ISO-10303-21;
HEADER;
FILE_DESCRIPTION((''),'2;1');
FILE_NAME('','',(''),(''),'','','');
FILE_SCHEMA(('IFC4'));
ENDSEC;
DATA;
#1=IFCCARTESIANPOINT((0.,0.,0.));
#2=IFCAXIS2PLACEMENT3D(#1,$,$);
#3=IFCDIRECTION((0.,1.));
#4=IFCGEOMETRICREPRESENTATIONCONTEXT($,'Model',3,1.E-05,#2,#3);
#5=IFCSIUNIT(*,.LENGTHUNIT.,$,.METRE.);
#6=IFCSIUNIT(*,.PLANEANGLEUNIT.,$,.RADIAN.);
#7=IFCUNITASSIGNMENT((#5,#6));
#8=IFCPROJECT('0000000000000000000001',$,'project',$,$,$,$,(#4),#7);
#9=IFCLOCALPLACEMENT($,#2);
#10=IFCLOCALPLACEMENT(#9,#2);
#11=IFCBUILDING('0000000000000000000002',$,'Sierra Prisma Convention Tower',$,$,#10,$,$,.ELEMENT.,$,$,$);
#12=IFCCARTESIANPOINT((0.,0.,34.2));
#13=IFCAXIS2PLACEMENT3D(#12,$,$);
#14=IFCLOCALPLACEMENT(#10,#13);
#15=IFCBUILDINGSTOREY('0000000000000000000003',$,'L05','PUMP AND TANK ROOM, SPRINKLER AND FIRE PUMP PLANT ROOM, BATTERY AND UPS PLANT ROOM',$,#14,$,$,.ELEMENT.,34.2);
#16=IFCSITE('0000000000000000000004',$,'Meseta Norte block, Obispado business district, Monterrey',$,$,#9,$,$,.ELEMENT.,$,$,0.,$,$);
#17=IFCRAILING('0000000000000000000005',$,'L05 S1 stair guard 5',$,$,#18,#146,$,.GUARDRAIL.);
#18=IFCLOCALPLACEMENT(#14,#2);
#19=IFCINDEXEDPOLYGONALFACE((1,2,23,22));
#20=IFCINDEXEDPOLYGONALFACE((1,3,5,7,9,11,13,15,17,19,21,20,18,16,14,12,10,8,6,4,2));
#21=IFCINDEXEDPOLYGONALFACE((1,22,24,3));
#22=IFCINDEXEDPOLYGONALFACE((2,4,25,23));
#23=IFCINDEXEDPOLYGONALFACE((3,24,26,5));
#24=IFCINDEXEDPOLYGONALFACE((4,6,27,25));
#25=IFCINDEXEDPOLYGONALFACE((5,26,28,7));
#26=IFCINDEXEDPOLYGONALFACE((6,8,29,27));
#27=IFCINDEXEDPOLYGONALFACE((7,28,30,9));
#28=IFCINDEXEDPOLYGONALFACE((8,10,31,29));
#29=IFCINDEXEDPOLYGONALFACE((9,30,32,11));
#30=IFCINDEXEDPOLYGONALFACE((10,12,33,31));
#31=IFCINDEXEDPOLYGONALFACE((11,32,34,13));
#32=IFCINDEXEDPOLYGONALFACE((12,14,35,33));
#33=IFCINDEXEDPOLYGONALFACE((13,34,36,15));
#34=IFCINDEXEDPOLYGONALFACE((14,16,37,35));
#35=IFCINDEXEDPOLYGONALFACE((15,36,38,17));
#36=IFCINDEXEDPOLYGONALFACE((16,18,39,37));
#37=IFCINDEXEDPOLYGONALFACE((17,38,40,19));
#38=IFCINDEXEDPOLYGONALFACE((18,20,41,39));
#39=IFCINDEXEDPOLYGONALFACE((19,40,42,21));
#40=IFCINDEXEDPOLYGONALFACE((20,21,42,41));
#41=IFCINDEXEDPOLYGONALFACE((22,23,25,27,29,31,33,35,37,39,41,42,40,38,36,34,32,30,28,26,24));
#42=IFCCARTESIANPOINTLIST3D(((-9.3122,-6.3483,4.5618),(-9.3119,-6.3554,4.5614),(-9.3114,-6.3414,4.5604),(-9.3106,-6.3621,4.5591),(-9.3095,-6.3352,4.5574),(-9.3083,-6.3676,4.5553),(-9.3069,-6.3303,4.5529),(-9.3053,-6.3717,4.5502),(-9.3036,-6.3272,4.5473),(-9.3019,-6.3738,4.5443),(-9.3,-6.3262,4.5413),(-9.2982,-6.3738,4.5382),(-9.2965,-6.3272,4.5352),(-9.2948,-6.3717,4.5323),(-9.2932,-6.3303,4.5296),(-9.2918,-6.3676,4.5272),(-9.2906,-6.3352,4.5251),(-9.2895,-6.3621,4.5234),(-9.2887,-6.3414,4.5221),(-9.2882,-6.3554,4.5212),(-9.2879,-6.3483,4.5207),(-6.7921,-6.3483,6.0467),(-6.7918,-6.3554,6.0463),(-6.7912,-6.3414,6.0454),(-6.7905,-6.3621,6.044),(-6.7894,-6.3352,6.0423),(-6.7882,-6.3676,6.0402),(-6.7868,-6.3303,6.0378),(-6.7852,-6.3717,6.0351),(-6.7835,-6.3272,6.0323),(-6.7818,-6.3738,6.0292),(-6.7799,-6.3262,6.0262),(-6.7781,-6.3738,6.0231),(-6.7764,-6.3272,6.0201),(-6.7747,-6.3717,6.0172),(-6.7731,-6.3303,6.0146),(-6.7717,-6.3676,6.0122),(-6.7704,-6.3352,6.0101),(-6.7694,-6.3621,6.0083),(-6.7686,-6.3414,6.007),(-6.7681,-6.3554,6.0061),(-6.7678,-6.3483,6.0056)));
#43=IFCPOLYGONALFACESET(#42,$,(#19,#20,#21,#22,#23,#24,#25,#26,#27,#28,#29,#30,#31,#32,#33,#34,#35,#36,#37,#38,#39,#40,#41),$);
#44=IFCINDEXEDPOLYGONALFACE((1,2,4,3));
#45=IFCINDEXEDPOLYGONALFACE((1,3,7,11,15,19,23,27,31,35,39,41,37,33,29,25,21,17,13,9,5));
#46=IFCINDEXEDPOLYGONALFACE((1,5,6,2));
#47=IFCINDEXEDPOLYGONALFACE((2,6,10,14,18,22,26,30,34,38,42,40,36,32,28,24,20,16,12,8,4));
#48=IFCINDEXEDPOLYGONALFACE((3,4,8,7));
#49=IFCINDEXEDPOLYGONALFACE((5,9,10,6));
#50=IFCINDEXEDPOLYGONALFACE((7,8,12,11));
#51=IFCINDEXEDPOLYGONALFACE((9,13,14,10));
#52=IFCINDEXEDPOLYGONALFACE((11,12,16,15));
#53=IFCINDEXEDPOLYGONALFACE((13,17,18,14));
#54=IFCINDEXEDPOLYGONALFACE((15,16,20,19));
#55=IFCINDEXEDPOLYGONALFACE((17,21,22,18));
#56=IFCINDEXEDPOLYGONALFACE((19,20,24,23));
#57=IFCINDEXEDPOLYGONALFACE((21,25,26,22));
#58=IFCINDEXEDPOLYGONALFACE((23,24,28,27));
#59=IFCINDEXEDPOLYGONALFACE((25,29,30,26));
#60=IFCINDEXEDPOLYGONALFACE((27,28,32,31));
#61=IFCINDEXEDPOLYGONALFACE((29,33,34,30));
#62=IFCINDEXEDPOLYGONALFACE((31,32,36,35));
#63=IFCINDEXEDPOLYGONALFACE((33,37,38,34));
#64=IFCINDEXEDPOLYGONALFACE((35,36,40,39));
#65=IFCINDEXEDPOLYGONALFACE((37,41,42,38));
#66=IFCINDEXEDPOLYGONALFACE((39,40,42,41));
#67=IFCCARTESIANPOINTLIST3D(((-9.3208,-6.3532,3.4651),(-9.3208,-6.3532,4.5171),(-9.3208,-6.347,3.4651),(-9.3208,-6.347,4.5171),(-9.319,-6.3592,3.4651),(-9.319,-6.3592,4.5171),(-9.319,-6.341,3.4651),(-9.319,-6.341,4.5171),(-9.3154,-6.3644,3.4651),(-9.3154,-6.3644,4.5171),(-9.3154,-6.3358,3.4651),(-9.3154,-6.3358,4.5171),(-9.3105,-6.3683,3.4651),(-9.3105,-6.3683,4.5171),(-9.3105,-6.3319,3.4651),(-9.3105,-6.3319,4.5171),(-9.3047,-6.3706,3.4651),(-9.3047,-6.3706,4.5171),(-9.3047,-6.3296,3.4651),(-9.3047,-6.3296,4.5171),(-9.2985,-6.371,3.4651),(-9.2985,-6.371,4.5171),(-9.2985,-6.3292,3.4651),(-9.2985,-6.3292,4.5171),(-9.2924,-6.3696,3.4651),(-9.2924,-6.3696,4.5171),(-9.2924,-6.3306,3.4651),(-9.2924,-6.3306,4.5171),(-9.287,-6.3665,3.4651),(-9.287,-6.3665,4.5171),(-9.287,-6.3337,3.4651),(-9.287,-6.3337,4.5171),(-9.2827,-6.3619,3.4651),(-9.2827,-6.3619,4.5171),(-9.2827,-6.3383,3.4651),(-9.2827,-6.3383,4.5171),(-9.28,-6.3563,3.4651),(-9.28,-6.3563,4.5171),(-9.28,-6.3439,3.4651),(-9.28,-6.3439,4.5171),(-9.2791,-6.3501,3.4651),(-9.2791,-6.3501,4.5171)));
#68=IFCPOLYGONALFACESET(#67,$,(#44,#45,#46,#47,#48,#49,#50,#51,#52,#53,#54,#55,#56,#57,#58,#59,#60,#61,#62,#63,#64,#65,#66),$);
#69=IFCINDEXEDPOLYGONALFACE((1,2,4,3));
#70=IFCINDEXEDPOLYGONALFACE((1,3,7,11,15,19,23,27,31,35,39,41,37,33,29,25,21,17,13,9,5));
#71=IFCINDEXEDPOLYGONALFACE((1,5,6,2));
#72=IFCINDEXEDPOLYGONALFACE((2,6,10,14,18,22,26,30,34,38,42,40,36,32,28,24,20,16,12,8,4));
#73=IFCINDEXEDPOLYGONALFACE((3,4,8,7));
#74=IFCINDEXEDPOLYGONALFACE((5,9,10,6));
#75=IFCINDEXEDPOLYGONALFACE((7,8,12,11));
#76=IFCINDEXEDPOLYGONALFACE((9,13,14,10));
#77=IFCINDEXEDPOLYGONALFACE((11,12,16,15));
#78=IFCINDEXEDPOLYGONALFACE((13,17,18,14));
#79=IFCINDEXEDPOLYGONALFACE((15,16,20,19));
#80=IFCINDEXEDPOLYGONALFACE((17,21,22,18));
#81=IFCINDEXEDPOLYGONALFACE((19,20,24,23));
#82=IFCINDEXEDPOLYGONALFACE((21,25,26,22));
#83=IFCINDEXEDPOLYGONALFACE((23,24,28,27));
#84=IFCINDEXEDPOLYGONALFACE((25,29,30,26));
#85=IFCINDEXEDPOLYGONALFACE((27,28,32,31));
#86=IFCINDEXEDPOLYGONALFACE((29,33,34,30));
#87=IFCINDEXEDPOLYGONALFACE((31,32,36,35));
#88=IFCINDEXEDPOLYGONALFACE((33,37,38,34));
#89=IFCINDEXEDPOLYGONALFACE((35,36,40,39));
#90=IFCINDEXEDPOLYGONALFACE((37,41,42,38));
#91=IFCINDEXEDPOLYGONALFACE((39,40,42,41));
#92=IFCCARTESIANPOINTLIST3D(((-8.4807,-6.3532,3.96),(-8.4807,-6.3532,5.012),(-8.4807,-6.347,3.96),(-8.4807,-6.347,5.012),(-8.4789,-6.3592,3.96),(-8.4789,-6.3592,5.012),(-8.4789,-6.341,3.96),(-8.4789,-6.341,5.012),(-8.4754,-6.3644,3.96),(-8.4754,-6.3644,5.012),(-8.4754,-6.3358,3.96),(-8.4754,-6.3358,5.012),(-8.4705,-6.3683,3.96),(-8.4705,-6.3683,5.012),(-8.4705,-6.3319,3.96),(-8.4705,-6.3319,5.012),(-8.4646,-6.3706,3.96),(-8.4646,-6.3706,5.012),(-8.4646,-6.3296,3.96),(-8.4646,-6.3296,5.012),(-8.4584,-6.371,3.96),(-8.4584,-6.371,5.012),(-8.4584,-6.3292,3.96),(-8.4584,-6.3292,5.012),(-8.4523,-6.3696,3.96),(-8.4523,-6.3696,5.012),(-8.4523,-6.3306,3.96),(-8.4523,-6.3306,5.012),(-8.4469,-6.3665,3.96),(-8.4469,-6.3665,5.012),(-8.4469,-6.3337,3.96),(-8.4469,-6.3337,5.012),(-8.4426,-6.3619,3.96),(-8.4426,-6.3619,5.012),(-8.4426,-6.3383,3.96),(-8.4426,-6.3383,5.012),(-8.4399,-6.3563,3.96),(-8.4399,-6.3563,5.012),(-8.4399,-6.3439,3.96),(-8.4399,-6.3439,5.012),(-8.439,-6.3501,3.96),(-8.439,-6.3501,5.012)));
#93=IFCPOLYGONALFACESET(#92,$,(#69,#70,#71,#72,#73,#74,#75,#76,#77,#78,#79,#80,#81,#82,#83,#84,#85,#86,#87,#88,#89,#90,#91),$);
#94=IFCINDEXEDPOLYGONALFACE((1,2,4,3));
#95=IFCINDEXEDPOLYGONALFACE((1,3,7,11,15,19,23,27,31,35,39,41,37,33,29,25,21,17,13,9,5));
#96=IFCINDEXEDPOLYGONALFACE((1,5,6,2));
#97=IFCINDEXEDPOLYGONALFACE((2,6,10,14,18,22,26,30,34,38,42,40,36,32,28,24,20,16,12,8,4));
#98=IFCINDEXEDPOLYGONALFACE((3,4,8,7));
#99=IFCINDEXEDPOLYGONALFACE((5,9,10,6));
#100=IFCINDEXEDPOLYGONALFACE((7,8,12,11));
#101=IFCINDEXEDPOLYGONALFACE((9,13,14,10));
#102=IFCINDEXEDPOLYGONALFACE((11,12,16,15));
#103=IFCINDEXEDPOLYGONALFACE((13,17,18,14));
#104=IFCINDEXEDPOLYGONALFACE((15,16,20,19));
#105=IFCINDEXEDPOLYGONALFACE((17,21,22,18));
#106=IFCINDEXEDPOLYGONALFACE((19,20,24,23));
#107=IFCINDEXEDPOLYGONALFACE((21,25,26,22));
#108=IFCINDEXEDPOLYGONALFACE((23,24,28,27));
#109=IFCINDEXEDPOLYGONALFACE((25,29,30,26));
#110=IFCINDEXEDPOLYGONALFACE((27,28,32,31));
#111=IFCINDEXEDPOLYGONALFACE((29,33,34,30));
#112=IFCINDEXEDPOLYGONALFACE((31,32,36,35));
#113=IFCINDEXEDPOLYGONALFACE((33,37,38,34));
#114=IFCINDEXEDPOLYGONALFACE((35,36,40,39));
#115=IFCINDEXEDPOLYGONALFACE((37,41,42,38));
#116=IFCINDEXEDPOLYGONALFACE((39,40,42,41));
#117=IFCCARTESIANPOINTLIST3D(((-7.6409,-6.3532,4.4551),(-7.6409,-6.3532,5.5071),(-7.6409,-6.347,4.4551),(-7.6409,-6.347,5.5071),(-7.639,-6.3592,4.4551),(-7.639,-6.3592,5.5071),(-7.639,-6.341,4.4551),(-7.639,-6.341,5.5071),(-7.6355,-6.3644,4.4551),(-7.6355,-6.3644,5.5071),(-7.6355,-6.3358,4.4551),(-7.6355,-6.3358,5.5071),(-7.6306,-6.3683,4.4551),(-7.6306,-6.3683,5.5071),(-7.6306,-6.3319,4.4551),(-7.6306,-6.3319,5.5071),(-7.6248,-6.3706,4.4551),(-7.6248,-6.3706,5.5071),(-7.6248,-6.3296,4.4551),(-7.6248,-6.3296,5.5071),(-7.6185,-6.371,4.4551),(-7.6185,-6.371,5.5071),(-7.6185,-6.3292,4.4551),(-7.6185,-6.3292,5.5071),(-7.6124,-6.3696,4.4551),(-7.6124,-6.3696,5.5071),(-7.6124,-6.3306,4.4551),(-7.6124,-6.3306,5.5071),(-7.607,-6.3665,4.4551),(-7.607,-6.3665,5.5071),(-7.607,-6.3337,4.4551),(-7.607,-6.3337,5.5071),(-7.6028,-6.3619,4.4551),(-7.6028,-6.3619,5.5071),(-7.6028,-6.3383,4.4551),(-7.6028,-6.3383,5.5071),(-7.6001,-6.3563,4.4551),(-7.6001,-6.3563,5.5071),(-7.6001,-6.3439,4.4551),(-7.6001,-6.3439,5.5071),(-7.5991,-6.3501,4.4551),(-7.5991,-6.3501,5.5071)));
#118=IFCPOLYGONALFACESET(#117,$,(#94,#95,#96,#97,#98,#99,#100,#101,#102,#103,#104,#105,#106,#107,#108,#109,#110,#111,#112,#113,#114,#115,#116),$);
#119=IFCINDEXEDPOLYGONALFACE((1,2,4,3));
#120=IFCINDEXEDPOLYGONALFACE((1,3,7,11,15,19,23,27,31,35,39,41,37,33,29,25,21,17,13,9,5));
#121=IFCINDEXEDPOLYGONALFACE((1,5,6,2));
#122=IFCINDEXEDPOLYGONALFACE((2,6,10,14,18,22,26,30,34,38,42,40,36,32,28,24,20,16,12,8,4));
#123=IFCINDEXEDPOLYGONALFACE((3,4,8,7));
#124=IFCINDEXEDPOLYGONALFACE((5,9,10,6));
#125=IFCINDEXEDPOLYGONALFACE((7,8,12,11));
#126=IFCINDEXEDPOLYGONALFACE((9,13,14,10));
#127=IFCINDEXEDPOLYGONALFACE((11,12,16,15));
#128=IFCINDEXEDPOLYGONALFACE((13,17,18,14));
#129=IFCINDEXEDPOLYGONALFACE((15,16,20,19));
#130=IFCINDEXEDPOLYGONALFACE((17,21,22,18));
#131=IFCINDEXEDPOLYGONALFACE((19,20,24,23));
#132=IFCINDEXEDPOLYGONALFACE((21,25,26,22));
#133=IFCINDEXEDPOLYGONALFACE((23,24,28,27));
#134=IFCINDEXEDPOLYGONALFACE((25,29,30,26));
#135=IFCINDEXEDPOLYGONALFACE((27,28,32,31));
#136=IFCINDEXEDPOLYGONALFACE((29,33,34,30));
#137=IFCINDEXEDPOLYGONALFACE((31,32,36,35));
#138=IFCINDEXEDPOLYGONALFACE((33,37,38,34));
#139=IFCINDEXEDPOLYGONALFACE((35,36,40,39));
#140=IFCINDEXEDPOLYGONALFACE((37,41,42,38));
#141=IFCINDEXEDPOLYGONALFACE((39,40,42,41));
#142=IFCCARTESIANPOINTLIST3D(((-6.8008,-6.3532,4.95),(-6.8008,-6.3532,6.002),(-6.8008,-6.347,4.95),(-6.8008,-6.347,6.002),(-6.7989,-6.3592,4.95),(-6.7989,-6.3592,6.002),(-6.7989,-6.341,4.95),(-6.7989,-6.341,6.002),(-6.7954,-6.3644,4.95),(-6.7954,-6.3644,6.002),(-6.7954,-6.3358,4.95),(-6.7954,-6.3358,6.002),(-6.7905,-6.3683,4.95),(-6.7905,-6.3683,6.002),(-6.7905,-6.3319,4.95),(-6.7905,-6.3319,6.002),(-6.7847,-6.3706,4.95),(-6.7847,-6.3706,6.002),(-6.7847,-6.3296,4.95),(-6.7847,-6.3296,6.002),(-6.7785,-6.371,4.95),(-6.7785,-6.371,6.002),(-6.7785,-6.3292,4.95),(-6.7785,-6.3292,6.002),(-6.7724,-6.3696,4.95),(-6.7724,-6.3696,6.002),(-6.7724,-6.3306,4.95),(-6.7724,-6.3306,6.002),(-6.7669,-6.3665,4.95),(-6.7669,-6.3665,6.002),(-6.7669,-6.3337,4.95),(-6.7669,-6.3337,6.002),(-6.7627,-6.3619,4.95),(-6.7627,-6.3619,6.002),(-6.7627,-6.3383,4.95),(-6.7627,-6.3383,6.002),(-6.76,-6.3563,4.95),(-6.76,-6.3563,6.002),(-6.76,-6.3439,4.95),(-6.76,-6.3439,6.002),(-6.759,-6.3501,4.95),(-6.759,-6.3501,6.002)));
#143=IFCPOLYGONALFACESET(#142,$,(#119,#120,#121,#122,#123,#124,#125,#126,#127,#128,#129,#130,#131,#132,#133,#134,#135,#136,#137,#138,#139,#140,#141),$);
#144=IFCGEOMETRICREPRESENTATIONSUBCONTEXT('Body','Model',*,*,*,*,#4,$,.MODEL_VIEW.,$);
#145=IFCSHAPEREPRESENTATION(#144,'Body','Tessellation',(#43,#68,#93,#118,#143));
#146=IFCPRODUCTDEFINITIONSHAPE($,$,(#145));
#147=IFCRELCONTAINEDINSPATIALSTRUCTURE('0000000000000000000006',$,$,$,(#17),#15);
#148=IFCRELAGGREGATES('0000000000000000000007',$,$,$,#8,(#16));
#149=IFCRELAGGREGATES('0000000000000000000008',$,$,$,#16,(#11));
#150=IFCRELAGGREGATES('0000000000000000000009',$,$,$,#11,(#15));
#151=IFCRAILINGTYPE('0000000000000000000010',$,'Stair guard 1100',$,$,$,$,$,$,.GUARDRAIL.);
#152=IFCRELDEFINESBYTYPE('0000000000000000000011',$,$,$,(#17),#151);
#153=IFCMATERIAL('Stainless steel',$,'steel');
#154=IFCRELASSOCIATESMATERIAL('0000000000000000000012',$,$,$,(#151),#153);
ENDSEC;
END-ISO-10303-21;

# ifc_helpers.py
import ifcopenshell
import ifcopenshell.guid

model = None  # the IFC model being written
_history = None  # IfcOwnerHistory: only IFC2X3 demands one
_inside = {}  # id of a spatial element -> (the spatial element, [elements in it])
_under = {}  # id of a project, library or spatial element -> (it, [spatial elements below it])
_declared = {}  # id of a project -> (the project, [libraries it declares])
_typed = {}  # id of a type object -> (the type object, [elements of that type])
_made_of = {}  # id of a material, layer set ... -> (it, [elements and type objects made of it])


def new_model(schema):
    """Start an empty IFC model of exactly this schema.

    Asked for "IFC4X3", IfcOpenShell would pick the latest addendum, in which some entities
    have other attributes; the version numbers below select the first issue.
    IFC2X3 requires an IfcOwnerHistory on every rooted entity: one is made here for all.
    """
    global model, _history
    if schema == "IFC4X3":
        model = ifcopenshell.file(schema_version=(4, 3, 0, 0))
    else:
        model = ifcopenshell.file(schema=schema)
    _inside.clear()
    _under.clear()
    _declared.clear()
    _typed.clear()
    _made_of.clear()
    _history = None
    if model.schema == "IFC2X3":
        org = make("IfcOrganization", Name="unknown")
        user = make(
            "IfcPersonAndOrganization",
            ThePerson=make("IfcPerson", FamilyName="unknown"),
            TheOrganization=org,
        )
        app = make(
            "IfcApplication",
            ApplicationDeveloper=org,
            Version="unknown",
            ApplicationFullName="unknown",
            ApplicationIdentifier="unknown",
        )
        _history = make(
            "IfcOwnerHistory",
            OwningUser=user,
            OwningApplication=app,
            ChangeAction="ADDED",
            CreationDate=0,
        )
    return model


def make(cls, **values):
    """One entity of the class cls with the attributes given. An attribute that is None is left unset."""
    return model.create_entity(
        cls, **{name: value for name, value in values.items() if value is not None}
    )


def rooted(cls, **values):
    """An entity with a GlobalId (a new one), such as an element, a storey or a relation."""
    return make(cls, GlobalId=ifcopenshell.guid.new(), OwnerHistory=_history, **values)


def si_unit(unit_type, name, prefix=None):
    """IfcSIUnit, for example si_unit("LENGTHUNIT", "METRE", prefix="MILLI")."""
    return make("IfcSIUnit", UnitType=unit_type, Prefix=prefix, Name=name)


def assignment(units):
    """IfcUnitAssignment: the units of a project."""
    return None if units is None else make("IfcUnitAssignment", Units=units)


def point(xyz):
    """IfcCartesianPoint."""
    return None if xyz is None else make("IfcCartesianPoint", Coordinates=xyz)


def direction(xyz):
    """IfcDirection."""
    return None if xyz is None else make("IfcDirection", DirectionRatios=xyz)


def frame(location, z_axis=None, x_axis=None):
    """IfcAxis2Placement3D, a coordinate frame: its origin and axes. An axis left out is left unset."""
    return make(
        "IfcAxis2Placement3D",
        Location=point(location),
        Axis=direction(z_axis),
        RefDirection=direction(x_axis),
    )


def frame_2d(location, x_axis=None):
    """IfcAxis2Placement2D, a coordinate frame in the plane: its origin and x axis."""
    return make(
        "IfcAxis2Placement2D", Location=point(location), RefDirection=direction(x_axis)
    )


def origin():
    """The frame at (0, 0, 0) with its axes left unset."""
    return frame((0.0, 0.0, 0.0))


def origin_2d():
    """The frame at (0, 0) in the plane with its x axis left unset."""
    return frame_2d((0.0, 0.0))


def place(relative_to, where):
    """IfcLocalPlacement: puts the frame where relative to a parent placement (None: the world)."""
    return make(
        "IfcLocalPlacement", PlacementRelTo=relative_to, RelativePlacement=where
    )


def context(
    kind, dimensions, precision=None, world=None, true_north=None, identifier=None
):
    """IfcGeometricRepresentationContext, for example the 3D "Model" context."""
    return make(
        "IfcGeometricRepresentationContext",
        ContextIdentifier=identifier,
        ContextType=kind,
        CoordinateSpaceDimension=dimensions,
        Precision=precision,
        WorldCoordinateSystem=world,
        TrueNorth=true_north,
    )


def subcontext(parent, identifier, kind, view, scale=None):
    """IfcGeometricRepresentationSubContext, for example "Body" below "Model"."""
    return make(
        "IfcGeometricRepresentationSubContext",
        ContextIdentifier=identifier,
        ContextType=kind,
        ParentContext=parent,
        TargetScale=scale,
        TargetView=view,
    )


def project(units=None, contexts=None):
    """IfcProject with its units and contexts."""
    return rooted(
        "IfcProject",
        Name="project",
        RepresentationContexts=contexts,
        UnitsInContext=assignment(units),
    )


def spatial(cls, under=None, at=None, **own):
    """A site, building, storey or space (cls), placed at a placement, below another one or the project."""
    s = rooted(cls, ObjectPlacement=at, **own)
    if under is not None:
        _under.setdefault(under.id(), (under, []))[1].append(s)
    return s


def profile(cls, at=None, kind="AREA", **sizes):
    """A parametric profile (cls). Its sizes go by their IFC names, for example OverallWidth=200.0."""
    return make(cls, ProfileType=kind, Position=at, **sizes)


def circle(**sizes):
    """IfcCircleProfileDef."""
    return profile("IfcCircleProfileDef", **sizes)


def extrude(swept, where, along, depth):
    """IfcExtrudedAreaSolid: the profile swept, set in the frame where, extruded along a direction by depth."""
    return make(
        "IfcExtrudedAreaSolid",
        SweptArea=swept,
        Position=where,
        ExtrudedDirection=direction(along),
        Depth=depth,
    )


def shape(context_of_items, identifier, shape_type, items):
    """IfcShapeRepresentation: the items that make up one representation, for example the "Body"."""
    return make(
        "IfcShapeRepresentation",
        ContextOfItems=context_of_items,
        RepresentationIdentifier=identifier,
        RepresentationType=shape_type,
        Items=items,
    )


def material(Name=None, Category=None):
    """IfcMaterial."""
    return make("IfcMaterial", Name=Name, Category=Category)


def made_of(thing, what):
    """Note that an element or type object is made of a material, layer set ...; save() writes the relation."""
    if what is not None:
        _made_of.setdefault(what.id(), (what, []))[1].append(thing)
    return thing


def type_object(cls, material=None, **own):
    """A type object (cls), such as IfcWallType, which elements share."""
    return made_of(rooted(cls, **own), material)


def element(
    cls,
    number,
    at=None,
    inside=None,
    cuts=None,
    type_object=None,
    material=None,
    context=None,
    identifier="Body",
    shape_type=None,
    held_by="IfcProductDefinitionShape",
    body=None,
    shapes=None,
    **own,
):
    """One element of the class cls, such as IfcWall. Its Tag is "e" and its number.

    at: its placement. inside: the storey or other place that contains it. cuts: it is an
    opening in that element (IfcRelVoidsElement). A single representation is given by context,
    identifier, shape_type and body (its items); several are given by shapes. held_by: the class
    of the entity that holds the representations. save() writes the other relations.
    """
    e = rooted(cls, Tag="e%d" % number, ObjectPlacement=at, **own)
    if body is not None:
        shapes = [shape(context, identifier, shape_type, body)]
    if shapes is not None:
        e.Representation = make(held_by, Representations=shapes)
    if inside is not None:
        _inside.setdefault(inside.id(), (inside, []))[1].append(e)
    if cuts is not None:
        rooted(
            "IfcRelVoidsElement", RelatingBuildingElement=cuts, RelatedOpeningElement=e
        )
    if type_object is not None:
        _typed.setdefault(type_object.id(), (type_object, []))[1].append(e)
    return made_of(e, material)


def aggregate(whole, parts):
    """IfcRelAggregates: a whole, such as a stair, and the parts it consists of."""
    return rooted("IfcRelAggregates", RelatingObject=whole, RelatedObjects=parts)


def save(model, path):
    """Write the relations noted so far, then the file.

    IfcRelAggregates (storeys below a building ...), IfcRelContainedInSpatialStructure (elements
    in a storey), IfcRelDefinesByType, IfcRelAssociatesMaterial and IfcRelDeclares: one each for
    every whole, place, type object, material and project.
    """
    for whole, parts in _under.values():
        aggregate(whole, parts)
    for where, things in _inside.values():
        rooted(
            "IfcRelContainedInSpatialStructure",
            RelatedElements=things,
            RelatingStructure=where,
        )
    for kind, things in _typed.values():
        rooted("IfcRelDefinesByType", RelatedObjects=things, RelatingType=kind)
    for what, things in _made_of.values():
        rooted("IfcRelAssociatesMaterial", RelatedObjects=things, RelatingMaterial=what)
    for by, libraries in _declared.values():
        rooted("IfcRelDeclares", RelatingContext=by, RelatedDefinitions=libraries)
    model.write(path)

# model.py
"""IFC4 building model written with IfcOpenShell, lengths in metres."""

from ifc_helpers import new_model, si_unit, direction, frame, origin, origin_2d, place, context, subcontext, project, spatial, circle, extrude, material, type_object, element, save


model = new_model("IFC4")

# Units and contexts
model_context = context("Model", 3, precision=1e-05, world=origin(), true_north=direction((0.0, 1.0)))
body_context = subcontext(model_context, "Body", "Model", "MODEL_VIEW")
ifc_project = project(units=[si_unit("LENGTHUNIT", "METRE"), si_unit("PLANEANGLEUNIT", "RADIAN")], contexts=[model_context])

# Site, building, storey
site_placement = place(None, origin())
site = spatial("IfcSite", under=ifc_project, at=site_placement, Name="Meseta Norte block, Obispado business district, Monterrey", CompositionType="ELEMENT", RefElevation=0.0)
building_placement = place(site_placement, origin())
building = spatial("IfcBuilding", under=site, at=building_placement, Name="Sierra Prisma Convention Tower", CompositionType="ELEMENT")
storey_placement = place(building_placement, frame((0.0, 0.0, 34.2)))
storey = spatial("IfcBuildingStorey", under=building, at=storey_placement, Name="L05", Description="PUMP AND TANK ROOM, SPRINKLER AND FIRE PUMP PLANT ROOM, BATTERY AND UPS PLANT ROOM", CompositionType="ELEMENT", Elevation=34.2)

# Railing
ifc_material_1 = material(Name="Stainless steel", Category="steel")
railing_type_1 = type_object("IfcRailingType", Name="Stair guard 1100", PredefinedType="GUARDRAIL", material=ifc_material_1)
railing_1_placement = place(storey_placement, frame((-9.3, -6.3501, 3.4651)))
element("IfcRailing", 1, at=railing_1_placement, inside=storey, type_object=railing_type_1, Name="L05 S1 stair guard 5", PredefinedType="GUARDRAIL", context=body_context, shape_type="SweptSolid", body=[
    extrude(circle(Radius=0.0239, at=origin_2d()), frame((0.0, 0.0, 1.0762), z_axis=(0.861561, 0.0, 0.507655), x_axis=(0.0, 1.0, 0.0)), (0.0, 0.0, 1.0), 2.925),
    extrude(circle(Radius=0.021, at=origin_2d()), origin(), (0.0, 0.0, 1.0), 1.052),
    extrude(circle(Radius=0.021, at=origin_2d()), frame((0.8401, 0.0, 0.4949)), (0.0, 0.0, 1.0), 1.052),
    extrude(circle(Radius=0.021, at=origin_2d()), frame((1.6799, 0.0, 0.99)), (0.0, 0.0, 1.0), 1.052),
    extrude(circle(Radius=0.021, at=origin_2d()), frame((2.52, 0.0, 1.4849)), (0.0, 0.0, 1.0), 1.052),
])

save(model, "model.ifc")
